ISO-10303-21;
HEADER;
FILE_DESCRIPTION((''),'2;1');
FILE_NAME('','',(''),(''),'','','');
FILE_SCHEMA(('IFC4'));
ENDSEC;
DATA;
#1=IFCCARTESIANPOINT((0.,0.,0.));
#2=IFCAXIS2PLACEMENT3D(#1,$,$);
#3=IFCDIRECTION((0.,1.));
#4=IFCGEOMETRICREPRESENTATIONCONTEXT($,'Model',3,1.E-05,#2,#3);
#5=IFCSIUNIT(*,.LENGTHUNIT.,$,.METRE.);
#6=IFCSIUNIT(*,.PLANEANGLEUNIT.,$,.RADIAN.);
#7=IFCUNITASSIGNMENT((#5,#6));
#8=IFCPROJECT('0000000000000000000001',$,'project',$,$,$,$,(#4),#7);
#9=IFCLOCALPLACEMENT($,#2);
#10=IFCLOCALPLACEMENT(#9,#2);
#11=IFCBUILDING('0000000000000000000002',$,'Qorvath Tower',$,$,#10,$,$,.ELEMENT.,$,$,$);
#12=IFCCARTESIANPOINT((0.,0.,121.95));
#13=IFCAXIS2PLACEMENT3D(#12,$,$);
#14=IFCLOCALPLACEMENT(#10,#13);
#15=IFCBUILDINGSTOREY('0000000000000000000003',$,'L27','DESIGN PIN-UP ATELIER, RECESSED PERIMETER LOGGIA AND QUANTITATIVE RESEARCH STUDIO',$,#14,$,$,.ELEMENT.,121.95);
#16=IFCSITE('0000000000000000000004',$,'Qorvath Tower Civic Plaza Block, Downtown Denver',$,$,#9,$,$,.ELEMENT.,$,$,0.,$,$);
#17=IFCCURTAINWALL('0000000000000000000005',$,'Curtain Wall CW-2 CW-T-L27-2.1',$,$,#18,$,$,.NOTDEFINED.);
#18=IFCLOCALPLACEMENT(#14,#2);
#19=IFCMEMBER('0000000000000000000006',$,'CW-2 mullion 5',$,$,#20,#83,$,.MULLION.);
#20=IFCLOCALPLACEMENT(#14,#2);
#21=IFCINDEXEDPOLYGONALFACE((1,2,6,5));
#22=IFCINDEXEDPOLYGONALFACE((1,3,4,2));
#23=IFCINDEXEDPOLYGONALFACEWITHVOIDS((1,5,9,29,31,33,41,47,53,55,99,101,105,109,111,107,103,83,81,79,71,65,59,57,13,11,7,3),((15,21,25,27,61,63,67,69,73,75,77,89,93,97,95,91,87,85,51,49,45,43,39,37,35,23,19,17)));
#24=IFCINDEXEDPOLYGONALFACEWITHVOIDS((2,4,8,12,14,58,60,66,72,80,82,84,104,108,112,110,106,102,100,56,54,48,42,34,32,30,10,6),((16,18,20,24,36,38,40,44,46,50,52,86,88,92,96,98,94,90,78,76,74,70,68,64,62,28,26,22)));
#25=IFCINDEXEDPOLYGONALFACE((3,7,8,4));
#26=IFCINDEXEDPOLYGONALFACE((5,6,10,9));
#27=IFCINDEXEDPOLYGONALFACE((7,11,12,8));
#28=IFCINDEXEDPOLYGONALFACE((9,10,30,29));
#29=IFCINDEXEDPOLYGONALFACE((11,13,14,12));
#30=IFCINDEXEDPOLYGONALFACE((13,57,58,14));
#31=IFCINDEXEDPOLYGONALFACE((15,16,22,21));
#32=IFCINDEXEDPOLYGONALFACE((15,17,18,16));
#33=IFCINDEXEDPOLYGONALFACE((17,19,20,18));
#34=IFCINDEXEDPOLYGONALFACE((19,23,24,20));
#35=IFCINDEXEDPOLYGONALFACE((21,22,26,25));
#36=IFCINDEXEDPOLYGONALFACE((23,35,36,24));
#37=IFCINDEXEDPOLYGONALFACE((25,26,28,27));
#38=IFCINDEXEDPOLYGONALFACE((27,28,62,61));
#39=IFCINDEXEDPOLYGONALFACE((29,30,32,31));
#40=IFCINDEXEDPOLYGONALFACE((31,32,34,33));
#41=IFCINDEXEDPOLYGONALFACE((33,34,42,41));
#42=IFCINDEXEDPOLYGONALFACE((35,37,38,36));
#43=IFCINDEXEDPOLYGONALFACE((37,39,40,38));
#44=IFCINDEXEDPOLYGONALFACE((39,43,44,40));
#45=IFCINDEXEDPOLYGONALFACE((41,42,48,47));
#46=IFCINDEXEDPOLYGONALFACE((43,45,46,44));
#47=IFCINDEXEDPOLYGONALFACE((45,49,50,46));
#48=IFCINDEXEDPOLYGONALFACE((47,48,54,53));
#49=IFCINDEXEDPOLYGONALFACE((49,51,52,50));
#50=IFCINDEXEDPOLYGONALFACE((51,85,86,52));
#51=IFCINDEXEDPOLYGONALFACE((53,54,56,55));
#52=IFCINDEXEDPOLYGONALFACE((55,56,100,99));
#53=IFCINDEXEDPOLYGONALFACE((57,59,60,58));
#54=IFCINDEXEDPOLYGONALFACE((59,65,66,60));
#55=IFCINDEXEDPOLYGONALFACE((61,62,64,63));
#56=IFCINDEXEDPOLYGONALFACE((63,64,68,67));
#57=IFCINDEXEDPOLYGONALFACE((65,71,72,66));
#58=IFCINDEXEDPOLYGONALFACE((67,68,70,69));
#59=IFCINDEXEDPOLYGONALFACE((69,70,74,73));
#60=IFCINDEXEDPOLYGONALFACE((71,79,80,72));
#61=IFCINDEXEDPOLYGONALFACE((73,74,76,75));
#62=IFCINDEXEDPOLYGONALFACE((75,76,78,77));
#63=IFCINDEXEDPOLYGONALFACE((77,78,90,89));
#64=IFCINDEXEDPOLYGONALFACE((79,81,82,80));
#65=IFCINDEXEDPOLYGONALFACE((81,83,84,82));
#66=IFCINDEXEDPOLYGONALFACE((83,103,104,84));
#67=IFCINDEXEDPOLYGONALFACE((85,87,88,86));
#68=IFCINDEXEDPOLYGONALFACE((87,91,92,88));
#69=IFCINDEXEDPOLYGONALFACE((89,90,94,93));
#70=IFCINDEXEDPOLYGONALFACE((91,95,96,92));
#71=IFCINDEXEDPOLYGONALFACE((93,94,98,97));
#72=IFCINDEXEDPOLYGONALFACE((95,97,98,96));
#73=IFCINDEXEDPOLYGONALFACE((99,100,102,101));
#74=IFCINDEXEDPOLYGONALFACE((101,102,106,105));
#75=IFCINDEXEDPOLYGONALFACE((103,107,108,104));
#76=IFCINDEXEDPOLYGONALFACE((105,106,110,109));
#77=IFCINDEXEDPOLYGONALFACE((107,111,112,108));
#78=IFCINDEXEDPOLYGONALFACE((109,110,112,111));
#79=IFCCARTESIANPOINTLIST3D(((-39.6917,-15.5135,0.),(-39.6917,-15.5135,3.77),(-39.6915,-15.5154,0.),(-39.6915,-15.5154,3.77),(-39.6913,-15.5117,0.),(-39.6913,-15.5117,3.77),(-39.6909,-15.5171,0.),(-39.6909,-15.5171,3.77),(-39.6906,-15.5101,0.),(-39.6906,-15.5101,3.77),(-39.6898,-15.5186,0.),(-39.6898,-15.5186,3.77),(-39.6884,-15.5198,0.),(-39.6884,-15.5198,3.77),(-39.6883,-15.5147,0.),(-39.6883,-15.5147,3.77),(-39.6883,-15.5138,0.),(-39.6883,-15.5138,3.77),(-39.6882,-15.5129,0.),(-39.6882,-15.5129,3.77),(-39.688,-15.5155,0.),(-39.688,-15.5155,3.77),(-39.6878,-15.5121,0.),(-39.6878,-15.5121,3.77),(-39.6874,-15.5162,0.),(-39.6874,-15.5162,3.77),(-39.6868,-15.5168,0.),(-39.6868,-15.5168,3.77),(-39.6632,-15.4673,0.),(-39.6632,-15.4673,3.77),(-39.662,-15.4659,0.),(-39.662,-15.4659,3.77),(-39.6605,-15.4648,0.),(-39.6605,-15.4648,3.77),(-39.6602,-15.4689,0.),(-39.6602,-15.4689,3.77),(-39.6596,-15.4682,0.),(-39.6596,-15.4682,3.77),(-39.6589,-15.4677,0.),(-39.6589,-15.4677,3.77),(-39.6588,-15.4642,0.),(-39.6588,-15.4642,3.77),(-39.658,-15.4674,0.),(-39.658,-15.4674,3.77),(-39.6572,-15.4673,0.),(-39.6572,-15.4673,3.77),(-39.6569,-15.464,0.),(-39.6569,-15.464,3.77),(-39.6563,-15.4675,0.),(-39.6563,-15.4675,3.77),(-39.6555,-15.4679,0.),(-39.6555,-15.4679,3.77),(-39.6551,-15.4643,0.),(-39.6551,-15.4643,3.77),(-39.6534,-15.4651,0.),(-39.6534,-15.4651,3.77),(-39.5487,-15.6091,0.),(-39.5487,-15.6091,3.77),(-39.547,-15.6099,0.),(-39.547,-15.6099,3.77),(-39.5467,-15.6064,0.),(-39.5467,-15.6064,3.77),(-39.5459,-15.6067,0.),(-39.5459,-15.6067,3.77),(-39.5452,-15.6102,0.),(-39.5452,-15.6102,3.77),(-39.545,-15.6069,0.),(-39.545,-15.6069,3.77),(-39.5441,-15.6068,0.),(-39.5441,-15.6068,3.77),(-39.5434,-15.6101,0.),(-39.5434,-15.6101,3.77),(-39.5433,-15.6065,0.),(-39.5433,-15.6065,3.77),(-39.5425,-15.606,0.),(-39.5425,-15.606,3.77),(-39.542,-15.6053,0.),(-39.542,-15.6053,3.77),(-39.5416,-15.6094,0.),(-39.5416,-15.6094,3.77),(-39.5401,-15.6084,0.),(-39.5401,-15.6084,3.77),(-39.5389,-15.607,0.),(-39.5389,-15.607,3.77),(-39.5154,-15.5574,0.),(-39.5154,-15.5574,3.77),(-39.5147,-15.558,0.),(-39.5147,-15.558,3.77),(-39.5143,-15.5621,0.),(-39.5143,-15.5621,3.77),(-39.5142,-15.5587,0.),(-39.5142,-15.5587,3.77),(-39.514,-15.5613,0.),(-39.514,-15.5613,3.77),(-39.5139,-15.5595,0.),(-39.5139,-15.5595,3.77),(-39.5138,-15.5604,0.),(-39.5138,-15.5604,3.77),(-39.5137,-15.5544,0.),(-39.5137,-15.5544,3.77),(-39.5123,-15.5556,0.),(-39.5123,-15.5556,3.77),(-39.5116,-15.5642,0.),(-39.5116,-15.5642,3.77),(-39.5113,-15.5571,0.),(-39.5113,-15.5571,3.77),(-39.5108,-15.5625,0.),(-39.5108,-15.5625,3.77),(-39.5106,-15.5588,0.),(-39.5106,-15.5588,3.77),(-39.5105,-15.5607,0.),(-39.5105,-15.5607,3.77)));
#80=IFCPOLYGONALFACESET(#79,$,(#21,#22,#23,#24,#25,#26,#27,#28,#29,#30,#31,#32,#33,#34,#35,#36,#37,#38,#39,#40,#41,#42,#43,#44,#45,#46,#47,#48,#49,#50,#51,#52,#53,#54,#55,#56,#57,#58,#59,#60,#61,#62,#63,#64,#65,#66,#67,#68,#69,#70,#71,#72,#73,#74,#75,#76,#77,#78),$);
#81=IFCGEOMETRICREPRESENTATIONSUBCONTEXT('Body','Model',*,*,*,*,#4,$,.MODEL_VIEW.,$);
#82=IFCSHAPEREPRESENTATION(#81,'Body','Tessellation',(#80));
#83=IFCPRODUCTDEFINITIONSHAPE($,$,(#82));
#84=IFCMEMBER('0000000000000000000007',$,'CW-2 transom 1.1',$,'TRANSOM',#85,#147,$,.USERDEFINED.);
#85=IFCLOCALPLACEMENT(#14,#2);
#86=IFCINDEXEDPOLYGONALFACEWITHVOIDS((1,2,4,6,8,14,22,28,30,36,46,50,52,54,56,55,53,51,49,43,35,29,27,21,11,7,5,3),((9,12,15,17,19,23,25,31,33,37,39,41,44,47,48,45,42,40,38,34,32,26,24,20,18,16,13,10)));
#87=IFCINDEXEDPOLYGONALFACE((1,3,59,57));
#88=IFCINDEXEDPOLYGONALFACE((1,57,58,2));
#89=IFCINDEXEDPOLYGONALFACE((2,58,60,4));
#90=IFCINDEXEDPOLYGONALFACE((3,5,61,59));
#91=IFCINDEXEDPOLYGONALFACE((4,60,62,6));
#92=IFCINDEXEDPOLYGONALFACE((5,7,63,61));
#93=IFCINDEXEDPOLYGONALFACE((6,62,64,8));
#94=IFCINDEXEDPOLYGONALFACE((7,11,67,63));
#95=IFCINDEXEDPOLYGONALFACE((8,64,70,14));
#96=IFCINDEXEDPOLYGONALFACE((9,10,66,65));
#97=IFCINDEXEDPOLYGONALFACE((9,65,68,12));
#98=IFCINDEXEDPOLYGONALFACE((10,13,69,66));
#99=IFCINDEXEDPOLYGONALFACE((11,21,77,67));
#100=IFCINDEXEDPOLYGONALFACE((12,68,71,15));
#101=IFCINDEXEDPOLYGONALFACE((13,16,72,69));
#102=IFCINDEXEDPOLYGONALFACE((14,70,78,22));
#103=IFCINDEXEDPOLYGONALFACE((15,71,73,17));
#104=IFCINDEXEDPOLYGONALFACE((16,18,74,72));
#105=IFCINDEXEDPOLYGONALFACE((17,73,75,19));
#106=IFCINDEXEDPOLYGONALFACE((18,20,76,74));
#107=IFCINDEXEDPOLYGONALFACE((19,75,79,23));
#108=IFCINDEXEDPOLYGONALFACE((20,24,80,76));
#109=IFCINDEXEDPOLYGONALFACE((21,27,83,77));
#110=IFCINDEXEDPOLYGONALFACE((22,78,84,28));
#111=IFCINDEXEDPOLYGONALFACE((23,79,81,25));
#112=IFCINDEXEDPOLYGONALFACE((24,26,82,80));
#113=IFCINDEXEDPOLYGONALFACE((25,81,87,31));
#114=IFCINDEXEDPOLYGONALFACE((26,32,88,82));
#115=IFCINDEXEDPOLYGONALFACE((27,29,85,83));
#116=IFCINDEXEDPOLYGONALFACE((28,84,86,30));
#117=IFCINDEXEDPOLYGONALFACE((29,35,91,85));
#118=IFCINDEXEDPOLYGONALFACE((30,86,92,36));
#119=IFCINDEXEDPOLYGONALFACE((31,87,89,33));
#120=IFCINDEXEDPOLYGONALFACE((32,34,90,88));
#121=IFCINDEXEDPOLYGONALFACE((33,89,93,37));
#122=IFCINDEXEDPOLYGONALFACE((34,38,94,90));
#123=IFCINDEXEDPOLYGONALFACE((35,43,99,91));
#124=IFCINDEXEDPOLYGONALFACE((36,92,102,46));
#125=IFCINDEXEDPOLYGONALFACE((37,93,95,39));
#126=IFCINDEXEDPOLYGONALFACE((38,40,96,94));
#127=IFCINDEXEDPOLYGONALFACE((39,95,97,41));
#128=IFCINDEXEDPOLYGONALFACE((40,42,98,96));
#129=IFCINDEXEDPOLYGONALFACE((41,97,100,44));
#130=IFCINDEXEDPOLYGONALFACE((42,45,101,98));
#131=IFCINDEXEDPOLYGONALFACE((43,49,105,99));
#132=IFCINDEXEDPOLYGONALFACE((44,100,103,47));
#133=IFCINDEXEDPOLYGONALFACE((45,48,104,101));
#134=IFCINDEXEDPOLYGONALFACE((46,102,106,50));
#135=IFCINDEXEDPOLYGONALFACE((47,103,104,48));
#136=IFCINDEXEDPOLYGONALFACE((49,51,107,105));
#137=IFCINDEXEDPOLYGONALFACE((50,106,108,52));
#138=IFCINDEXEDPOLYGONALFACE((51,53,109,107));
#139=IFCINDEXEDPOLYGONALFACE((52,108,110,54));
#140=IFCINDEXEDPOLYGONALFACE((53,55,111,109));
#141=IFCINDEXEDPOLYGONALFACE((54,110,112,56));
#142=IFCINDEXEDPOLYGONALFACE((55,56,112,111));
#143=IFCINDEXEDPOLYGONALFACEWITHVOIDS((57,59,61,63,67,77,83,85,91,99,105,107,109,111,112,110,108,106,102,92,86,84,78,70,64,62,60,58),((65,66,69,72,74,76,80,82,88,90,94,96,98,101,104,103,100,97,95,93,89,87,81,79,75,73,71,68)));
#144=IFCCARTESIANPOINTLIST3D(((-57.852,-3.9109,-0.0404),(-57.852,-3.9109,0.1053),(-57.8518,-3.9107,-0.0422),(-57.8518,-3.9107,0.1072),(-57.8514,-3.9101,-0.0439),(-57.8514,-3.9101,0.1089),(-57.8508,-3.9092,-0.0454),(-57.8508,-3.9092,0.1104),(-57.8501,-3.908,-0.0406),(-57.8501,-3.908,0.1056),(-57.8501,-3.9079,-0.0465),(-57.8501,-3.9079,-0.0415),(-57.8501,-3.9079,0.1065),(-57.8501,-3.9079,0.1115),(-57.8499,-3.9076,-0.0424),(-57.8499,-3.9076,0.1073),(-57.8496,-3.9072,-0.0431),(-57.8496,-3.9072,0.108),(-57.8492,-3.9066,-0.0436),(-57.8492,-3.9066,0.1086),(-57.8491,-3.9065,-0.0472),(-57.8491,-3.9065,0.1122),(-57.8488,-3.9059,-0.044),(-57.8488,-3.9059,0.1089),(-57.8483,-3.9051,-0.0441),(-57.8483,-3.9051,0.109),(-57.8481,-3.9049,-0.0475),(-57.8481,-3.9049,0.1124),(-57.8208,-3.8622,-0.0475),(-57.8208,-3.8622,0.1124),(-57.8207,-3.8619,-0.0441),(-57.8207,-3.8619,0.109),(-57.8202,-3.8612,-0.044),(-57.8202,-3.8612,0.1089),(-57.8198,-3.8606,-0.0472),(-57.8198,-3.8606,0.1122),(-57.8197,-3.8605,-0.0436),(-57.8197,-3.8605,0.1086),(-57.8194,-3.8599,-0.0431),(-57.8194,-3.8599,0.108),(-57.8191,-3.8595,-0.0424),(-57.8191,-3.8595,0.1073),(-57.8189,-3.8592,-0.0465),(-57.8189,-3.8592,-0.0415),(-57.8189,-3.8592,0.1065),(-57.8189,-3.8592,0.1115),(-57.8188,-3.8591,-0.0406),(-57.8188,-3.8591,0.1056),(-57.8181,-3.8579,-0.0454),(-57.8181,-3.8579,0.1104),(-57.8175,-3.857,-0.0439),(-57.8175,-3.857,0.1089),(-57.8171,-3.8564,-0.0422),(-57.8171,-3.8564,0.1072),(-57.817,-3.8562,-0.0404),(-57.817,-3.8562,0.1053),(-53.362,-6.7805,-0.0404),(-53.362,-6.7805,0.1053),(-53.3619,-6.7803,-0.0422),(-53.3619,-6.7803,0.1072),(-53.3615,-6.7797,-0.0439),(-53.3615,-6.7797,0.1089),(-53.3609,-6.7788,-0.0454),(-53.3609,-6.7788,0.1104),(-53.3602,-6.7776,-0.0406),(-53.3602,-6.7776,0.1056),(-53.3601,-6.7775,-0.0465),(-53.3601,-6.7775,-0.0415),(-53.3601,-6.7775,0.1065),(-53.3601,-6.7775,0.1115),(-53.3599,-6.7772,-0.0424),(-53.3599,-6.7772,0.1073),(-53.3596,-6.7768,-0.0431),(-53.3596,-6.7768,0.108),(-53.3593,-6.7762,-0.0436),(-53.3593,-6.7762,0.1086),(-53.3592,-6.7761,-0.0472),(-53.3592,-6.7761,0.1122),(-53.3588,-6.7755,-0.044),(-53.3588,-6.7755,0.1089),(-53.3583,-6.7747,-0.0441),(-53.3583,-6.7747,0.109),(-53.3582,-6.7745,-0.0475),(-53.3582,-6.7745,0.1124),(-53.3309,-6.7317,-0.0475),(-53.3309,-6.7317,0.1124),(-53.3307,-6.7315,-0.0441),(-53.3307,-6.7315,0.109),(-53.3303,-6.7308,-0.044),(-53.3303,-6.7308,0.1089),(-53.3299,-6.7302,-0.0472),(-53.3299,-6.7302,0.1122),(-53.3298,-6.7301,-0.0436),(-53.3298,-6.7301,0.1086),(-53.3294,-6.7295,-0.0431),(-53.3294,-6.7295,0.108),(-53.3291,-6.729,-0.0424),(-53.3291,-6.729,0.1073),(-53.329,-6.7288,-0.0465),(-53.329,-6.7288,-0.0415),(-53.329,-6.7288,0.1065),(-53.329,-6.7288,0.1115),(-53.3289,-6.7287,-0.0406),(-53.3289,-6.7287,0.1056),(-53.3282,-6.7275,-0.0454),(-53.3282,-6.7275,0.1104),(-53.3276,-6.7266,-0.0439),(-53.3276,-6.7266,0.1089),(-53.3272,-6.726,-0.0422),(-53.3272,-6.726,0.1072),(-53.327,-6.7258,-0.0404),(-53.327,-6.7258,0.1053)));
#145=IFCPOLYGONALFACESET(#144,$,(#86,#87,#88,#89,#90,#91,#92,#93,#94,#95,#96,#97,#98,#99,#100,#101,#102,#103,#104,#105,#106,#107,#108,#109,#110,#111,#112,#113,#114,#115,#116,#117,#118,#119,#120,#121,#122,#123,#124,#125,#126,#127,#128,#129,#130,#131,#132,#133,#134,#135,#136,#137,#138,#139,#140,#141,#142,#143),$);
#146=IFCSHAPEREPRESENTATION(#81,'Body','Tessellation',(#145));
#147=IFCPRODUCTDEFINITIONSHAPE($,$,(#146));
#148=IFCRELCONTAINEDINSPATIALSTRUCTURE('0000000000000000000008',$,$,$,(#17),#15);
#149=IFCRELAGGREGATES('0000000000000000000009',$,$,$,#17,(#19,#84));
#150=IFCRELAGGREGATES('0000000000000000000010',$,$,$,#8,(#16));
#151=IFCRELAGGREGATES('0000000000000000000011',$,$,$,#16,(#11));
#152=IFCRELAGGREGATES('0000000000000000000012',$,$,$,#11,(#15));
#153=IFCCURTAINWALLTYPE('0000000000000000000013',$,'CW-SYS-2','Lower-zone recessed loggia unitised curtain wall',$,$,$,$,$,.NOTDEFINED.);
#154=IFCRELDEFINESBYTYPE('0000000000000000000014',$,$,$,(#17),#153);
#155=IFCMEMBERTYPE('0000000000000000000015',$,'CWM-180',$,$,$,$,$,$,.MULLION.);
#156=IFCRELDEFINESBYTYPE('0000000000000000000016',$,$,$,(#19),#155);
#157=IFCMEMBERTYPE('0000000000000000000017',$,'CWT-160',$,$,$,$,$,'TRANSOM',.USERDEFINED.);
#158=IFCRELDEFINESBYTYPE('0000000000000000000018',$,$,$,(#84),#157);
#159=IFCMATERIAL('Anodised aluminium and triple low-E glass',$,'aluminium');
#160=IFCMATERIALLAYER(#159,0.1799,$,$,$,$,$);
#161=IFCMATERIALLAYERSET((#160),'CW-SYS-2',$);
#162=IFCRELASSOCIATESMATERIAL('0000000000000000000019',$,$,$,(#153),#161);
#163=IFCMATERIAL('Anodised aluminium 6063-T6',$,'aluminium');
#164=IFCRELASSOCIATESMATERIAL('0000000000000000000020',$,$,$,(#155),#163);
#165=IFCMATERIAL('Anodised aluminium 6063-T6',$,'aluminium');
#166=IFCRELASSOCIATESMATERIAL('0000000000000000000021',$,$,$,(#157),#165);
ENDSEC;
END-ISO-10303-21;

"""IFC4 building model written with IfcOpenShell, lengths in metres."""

from ifc_helpers import new_model, si_unit, direction, frame, origin, origin_2d, place, context, subcontext, project, spatial, hollow_rectangle, extrude, material, layer, layer_set, material_profile, profile_set, type_object, element, aggregate, save


model = new_model("IFC4")

# Units and contexts
model_context = context("Model", 3, precision=1e-05, world=origin(), true_north=direction((0.0, 1.0)))
body_context = subcontext(model_context, "Body", "Model", "MODEL_VIEW")
ifc_project = project(units=[si_unit("LENGTHUNIT", "METRE"), si_unit("PLANEANGLEUNIT", "RADIAN")], contexts=[model_context])

# Site, building, storey
site_placement = place(None, origin())
site = spatial("IfcSite", under=ifc_project, at=site_placement, Name="Qorvath Tower Civic Plaza Block, Downtown Denver", CompositionType="ELEMENT", RefElevation=0.0)
building_placement = place(site_placement, origin())
building = spatial("IfcBuilding", under=site, at=building_placement, Name="Qorvath Tower", CompositionType="ELEMENT")
storey_placement = place(building_placement, frame((0.0, 0.0, 121.95)))
storey = spatial("IfcBuildingStorey", under=building, at=storey_placement, Name="L27", Description="DESIGN PIN-UP ATELIER, RECESSED PERIMETER LOGGIA AND QUANTITATIVE RESEARCH STUDIO", CompositionType="ELEMENT", Elevation=121.95)

# Curtain wall, members
ifc_material_1 = material(Name="Anodised aluminium and triple low-E glass", Category="aluminium")
ifc_layer_1 = layer(ifc_material_1, 0.1799)
ifc_layer_set_1 = layer_set([ifc_layer_1], Name="CW-SYS-2")
curtain_wall_type = type_object("IfcCurtainWallType", Name="CW-SYS-2", Description="Lower-zone recessed loggia unitised curtain wall", PredefinedType="NOTDEFINED", material=ifc_layer_set_1)
curtain_wall_placement = place(storey_placement, origin())
curtain_wall = element("IfcCurtainWall", 1, at=curtain_wall_placement, inside=storey, type_object=curtain_wall_type, Name="Curtain Wall CW-2 CW-T-L27-2.1", PredefinedType="NOTDEFINED")
ifc_material_2 = material(Name="Anodised aluminium 6063-T6", Category="aluminium")
ifc_material_profile_1 = material_profile(ifc_material_2, hollow_rectangle(XDim=0.0649, YDim=0.1799, WallThickness=0.0034, InnerFilletRadius=0.0034, OuterFilletRadius=0.0071, at=origin_2d()), Name="CWM 180x65")
ifc_profile_set_1 = profile_set([ifc_material_profile_1], Name="Anodised aluminium 6063-T6")
member_type_1 = type_object("IfcMemberType", Name="CWM-180", PredefinedType="MULLION", material=ifc_profile_set_1)
member_1_placement = place(storey_placement, frame((-39.6011, -15.5371, 0.0), z_axis=(0.0, 0.0, 1.0), x_axis=(0.538534, 0.842604, 0.0)))
member_1 = element("IfcMember", 2, at=member_1_placement, type_object=member_type_1, Name="CW-2 mullion 5", PredefinedType="MULLION", context=body_context, shape_type="SweptSolid", body=[
    extrude(hollow_rectangle(XDim=0.0649, YDim=0.1799, WallThickness=0.0034, InnerFilletRadius=0.0034, OuterFilletRadius=0.0071, at=origin_2d()), origin(), (0.0, 0.0, 1.0), 3.77),
])
ifc_material_3 = material(Name="Anodised aluminium 6063-T6", Category="aluminium")
ifc_material_profile_2 = material_profile(ifc_material_3, hollow_rectangle(XDim=0.0649, YDim=0.1599, WallThickness=0.0034, InnerFilletRadius=0.0034, OuterFilletRadius=0.0071, at=origin_2d()), Name="CWT 160x65")
ifc_profile_set_2 = profile_set([ifc_material_profile_2], Name="Anodised aluminium 6063-T6")
member_type_2 = type_object("IfcMemberType", Name="CWT-160", ElementType="TRANSOM", PredefinedType="USERDEFINED", material=ifc_profile_set_2)
member_2_placement = place(storey_placement, frame((-57.8345, -3.8835, 0.0325), z_axis=(0.842609, -0.538526, 0.0), x_axis=(0.538526, 0.842609, 0.0)))
member_2 = element("IfcMember", 3, at=member_2_placement, type_object=member_type_2, Name="CW-2 transom 1.1", ObjectType="TRANSOM", PredefinedType="USERDEFINED", context=body_context, shape_type="SweptSolid", body=[
    extrude(hollow_rectangle(XDim=0.0649, YDim=0.1599, WallThickness=0.0034, InnerFilletRadius=0.0034, OuterFilletRadius=0.0071, at=origin_2d()), origin(), (0.0, 0.0, 1.0), 5.3286),
])
aggregate(curtain_wall, [member_1, member_2])

save(model, "model.ifc")
